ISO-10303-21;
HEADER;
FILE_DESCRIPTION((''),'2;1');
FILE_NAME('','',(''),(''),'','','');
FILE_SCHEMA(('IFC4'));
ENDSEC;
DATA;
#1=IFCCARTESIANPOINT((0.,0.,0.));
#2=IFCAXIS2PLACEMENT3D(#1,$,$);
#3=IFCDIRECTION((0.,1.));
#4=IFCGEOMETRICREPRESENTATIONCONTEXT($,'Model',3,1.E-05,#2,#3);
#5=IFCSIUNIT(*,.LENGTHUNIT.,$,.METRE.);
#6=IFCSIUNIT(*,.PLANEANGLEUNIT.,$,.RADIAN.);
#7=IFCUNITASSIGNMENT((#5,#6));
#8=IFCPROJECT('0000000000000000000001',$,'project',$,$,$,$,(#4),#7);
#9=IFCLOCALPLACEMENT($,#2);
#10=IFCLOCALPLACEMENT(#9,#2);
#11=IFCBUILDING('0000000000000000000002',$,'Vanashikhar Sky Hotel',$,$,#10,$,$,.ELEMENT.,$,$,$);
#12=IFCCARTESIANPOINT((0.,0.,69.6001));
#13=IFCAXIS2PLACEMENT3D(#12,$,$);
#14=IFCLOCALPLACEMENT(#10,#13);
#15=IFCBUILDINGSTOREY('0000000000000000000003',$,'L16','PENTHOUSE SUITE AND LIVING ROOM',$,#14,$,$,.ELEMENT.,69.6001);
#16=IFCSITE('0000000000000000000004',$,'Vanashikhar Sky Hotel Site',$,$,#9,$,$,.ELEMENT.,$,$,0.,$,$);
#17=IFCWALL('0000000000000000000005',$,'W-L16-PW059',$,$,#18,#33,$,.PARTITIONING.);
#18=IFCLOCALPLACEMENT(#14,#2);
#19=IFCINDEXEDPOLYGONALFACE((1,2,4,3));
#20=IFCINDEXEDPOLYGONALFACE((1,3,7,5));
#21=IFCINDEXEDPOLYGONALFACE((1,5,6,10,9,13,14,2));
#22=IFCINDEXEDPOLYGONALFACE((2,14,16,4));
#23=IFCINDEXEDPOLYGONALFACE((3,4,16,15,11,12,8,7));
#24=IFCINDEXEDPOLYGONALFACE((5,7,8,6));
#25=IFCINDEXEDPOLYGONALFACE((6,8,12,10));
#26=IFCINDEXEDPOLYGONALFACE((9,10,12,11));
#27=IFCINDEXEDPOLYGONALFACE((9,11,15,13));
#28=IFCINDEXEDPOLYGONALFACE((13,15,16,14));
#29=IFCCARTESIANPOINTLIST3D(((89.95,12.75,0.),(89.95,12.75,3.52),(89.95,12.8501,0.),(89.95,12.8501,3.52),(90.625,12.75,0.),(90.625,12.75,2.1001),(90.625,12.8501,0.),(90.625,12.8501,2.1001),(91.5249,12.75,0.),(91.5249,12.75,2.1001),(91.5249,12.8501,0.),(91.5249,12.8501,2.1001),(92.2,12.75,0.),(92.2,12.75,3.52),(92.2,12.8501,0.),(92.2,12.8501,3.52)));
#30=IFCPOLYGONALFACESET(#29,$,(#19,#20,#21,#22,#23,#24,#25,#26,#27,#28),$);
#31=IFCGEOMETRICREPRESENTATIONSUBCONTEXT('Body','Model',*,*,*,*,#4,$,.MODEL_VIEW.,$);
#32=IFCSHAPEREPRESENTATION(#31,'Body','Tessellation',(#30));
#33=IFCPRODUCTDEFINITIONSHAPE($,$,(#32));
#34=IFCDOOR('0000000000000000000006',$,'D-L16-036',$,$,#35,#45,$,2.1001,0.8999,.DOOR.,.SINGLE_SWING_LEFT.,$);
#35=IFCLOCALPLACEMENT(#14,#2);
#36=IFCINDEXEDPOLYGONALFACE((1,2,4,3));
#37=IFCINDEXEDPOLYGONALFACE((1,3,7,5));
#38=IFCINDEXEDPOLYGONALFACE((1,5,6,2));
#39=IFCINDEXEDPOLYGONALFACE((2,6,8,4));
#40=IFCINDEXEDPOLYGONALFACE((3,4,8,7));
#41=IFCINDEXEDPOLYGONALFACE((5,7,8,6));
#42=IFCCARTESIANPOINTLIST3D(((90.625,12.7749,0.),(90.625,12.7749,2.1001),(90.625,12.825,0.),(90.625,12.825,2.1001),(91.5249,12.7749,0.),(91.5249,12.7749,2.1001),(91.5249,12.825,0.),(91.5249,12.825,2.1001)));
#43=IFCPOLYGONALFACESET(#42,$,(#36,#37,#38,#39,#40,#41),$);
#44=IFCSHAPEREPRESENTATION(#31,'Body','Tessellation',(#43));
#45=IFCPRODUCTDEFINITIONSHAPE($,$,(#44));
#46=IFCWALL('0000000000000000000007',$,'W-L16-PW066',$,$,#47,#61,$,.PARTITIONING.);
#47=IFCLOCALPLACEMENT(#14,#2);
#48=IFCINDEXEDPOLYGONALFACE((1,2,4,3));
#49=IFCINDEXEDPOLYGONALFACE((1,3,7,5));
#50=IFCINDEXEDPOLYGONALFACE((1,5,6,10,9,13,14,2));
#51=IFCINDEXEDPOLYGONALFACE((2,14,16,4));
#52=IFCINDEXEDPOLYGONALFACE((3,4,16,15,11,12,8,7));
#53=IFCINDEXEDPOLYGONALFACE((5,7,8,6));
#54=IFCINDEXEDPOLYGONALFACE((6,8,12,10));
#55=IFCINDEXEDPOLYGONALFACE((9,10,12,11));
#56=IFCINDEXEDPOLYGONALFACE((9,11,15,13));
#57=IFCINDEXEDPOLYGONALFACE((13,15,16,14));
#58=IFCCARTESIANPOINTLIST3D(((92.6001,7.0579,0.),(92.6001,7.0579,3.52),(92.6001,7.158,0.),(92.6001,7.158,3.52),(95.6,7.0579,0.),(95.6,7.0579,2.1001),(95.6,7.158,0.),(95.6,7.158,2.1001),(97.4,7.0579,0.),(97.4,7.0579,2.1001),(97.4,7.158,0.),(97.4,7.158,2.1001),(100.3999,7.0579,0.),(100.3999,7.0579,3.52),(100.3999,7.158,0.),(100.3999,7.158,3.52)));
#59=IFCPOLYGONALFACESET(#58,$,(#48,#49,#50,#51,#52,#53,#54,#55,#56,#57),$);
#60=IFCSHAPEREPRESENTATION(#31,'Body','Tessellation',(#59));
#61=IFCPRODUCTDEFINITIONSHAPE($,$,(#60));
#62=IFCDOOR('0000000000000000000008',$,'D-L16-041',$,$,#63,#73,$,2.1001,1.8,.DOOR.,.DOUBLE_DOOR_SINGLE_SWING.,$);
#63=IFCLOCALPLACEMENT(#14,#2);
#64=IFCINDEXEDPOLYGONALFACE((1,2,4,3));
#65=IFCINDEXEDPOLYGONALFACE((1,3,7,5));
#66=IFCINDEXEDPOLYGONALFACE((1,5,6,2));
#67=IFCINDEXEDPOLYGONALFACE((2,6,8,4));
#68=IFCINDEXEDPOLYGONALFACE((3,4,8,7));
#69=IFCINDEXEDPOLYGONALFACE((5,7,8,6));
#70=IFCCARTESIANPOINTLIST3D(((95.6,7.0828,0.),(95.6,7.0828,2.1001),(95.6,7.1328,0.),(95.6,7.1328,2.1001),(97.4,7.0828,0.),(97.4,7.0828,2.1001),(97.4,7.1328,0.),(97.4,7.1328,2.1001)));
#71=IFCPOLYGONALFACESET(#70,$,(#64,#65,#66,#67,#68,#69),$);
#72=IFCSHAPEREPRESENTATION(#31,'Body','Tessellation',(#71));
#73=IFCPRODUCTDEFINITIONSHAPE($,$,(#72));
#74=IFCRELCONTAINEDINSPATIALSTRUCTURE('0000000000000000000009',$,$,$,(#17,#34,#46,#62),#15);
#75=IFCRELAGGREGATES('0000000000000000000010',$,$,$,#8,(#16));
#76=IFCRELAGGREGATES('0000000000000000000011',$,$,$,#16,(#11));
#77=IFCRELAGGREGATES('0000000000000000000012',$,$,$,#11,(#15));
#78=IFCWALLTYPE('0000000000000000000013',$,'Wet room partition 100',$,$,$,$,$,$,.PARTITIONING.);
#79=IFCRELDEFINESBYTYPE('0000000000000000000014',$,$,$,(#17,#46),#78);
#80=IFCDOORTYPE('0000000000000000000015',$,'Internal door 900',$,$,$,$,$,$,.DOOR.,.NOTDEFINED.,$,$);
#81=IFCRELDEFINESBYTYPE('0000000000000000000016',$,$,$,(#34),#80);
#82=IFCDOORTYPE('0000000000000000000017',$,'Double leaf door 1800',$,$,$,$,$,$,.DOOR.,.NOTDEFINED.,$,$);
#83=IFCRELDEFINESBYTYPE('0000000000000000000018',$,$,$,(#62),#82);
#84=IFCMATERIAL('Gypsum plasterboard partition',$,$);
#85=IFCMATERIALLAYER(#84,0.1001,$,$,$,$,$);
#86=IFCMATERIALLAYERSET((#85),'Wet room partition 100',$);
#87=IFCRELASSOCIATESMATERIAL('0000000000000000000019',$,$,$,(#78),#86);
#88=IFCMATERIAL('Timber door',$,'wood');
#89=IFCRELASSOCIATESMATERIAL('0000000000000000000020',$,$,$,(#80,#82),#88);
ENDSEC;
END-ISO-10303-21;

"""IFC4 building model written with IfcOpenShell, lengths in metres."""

from ifc_helpers import new_model, si_unit, direction, frame, frame_2d, origin, place, context, subcontext, project, spatial, rectangle, extrude, source, transform, mapped, material, layer, layer_set, type_object, element, fill, save


model = new_model("IFC4")

# Units and contexts
model_context = context("Model", 3, precision=1e-05, world=origin(), true_north=direction((0.0, 1.0)))
body_context = subcontext(model_context, "Body", "Model", "MODEL_VIEW")
ifc_project = project(units=[si_unit("LENGTHUNIT", "METRE"), si_unit("PLANEANGLEUNIT", "RADIAN")], contexts=[model_context])

# Site, building, storey
site_placement = place(None, origin())
site = spatial("IfcSite", under=ifc_project, at=site_placement, Name="Vanashikhar Sky Hotel Site", CompositionType="ELEMENT", RefElevation=0.0)
building_placement = place(site_placement, origin())
building = spatial("IfcBuilding", under=site, at=building_placement, Name="Vanashikhar Sky Hotel", CompositionType="ELEMENT")
storey_placement = place(building_placement, frame((0.0, 0.0, 69.6001)))
storey = spatial("IfcBuildingStorey", under=building, at=storey_placement, Name="L16", Description="PENTHOUSE SUITE AND LIVING ROOM", CompositionType="ELEMENT", Elevation=69.6001)

# Shared definitions
ifc_material_1 = material(Name="Gypsum plasterboard partition")
ifc_layer_1 = layer(ifc_material_1, 0.1001)
ifc_layer_set_1 = layer_set([ifc_layer_1], Name="Wet room partition 100")
wall_type_1 = type_object("IfcWallType", Name="Wet room partition 100", PredefinedType="PARTITIONING", material=ifc_layer_set_1)
shared_shape_1 = source(origin(), body_context, "Body", "SweptSolid", [
    extrude(rectangle(XDim=0.8999, YDim=2.1001, at=frame_2d((0.45, 1.05))), frame((0.0, 0.0601, 0.0), z_axis=(0.0, -1.0, 0.0), x_axis=(1.0, 0.0, 0.0)), (0.0, 0.0, 1.0), 0.1201),
])
ifc_material_2 = material(Name="Timber door", Category="wood")
door_type_1 = type_object("IfcDoorType", Name="Internal door 900", OperationType="NOTDEFINED", PredefinedType="DOOR", material=ifc_material_2)
shared_shape_2 = source(origin(), body_context, "Body", "SweptSolid", [
    extrude(rectangle(XDim=0.8999, YDim=2.1001, at=frame_2d((0.45, 1.05))), frame((0.0, 0.0249, 0.0), z_axis=(0.0, -1.0, 0.0), x_axis=(1.0, 0.0, 0.0)), (0.0, 0.0, 1.0), 0.05),
])

# Walls, openings, doors
shared_shape_3 = source(origin(), body_context, "Body", "SweptSolid", [
    extrude(rectangle(XDim=2.25, YDim=0.1001, at=frame_2d((1.125, 0.0))), origin(), (0.0, 0.0, 1.0), 3.52),
])
wall_1_placement = place(storey_placement, frame((89.95, 12.8, 0.0), z_axis=(0.0, 0.0, 1.0), x_axis=(1.0, 0.0, 0.0)))
wall_1 = element("IfcWall", 1, at=wall_1_placement, inside=storey, type_object=wall_type_1, Name="W-L16-PW059", PredefinedType="PARTITIONING", context=body_context, shape_type="MappedRepresentation", body=[
    mapped(shared_shape_3, transform((0.0, 0.0, 0.0), scale=1.0)),
])
opening_1_placement = place(wall_1_placement, frame((0.675, 0.0, 0.0)))
opening_1 = element("IfcOpeningElement", 2, at=opening_1_placement, cuts=wall_1, PredefinedType="OPENING", context=body_context, shape_type="MappedRepresentation", body=[
    mapped(shared_shape_1, transform((0.0, 0.0, 0.0), scale=1.0)),
])
door_1_placement = place(opening_1_placement, origin())
door_1 = element("IfcDoor", 3, at=door_1_placement, inside=storey, type_object=door_type_1, Name="D-L16-036", OperationType="SINGLE_SWING_LEFT", OverallHeight=2.1001, OverallWidth=0.8999, PredefinedType="DOOR", context=body_context, shape_type="MappedRepresentation", body=[
    mapped(shared_shape_2, transform((0.0, 0.0, 0.0), scale=1.0)),
])
fill(opening_1, door_1)
shared_shape_4 = source(origin(), body_context, "Body", "SweptSolid", [
    extrude(rectangle(XDim=7.7998, YDim=0.1001, at=frame_2d((3.8999, 0.0))), origin(), (0.0, 0.0, 1.0), 3.52),
])
wall_2_placement = place(storey_placement, frame((92.6001, 7.1079, 0.0), z_axis=(0.0, 0.0, 1.0), x_axis=(1.0, 0.0, 0.0)))
wall_2 = element("IfcWall", 4, at=wall_2_placement, inside=storey, type_object=wall_type_1, Name="W-L16-PW066", PredefinedType="PARTITIONING", context=body_context, shape_type="MappedRepresentation", body=[
    mapped(shared_shape_4, transform((0.0, 0.0, 0.0), scale=1.0)),
])
shared_shape_5 = source(origin(), body_context, "Body", "SweptSolid", [
    extrude(rectangle(XDim=1.8, YDim=2.1001, at=frame_2d((0.8999, 1.05))), frame((0.0, 0.0601, 0.0), z_axis=(0.0, -1.0, 0.0), x_axis=(1.0, 0.0, 0.0)), (0.0, 0.0, 1.0), 0.1201),
])
opening_2_placement = place(wall_2_placement, frame((3.0, 0.0, 0.0)))
opening_2 = element("IfcOpeningElement", 5, at=opening_2_placement, cuts=wall_2, PredefinedType="OPENING", context=body_context, shape_type="MappedRepresentation", body=[
    mapped(shared_shape_5, transform((0.0, 0.0, 0.0), scale=1.0)),
])
door_type_2 = type_object("IfcDoorType", Name="Double leaf door 1800", OperationType="NOTDEFINED", PredefinedType="DOOR", material=ifc_material_2)
shared_shape_6 = source(origin(), body_context, "Body", "SweptSolid", [
    extrude(rectangle(XDim=1.8, YDim=2.1001, at=frame_2d((0.8999, 1.05))), frame((0.0, 0.0249, 0.0), z_axis=(0.0, -1.0, 0.0), x_axis=(1.0, 0.0, 0.0)), (0.0, 0.0, 1.0), 0.05),
])
door_2_placement = place(opening_2_placement, origin())
door_2 = element("IfcDoor", 6, at=door_2_placement, inside=storey, type_object=door_type_2, Name="D-L16-041", OperationType="DOUBLE_DOOR_SINGLE_SWING", OverallHeight=2.1001, OverallWidth=1.8, PredefinedType="DOOR", context=body_context, shape_type="MappedRepresentation", body=[
    mapped(shared_shape_6, transform((0.0, 0.0, 0.0), scale=1.0)),
])
fill(opening_2, door_2)

save(model, "model.ifc")
